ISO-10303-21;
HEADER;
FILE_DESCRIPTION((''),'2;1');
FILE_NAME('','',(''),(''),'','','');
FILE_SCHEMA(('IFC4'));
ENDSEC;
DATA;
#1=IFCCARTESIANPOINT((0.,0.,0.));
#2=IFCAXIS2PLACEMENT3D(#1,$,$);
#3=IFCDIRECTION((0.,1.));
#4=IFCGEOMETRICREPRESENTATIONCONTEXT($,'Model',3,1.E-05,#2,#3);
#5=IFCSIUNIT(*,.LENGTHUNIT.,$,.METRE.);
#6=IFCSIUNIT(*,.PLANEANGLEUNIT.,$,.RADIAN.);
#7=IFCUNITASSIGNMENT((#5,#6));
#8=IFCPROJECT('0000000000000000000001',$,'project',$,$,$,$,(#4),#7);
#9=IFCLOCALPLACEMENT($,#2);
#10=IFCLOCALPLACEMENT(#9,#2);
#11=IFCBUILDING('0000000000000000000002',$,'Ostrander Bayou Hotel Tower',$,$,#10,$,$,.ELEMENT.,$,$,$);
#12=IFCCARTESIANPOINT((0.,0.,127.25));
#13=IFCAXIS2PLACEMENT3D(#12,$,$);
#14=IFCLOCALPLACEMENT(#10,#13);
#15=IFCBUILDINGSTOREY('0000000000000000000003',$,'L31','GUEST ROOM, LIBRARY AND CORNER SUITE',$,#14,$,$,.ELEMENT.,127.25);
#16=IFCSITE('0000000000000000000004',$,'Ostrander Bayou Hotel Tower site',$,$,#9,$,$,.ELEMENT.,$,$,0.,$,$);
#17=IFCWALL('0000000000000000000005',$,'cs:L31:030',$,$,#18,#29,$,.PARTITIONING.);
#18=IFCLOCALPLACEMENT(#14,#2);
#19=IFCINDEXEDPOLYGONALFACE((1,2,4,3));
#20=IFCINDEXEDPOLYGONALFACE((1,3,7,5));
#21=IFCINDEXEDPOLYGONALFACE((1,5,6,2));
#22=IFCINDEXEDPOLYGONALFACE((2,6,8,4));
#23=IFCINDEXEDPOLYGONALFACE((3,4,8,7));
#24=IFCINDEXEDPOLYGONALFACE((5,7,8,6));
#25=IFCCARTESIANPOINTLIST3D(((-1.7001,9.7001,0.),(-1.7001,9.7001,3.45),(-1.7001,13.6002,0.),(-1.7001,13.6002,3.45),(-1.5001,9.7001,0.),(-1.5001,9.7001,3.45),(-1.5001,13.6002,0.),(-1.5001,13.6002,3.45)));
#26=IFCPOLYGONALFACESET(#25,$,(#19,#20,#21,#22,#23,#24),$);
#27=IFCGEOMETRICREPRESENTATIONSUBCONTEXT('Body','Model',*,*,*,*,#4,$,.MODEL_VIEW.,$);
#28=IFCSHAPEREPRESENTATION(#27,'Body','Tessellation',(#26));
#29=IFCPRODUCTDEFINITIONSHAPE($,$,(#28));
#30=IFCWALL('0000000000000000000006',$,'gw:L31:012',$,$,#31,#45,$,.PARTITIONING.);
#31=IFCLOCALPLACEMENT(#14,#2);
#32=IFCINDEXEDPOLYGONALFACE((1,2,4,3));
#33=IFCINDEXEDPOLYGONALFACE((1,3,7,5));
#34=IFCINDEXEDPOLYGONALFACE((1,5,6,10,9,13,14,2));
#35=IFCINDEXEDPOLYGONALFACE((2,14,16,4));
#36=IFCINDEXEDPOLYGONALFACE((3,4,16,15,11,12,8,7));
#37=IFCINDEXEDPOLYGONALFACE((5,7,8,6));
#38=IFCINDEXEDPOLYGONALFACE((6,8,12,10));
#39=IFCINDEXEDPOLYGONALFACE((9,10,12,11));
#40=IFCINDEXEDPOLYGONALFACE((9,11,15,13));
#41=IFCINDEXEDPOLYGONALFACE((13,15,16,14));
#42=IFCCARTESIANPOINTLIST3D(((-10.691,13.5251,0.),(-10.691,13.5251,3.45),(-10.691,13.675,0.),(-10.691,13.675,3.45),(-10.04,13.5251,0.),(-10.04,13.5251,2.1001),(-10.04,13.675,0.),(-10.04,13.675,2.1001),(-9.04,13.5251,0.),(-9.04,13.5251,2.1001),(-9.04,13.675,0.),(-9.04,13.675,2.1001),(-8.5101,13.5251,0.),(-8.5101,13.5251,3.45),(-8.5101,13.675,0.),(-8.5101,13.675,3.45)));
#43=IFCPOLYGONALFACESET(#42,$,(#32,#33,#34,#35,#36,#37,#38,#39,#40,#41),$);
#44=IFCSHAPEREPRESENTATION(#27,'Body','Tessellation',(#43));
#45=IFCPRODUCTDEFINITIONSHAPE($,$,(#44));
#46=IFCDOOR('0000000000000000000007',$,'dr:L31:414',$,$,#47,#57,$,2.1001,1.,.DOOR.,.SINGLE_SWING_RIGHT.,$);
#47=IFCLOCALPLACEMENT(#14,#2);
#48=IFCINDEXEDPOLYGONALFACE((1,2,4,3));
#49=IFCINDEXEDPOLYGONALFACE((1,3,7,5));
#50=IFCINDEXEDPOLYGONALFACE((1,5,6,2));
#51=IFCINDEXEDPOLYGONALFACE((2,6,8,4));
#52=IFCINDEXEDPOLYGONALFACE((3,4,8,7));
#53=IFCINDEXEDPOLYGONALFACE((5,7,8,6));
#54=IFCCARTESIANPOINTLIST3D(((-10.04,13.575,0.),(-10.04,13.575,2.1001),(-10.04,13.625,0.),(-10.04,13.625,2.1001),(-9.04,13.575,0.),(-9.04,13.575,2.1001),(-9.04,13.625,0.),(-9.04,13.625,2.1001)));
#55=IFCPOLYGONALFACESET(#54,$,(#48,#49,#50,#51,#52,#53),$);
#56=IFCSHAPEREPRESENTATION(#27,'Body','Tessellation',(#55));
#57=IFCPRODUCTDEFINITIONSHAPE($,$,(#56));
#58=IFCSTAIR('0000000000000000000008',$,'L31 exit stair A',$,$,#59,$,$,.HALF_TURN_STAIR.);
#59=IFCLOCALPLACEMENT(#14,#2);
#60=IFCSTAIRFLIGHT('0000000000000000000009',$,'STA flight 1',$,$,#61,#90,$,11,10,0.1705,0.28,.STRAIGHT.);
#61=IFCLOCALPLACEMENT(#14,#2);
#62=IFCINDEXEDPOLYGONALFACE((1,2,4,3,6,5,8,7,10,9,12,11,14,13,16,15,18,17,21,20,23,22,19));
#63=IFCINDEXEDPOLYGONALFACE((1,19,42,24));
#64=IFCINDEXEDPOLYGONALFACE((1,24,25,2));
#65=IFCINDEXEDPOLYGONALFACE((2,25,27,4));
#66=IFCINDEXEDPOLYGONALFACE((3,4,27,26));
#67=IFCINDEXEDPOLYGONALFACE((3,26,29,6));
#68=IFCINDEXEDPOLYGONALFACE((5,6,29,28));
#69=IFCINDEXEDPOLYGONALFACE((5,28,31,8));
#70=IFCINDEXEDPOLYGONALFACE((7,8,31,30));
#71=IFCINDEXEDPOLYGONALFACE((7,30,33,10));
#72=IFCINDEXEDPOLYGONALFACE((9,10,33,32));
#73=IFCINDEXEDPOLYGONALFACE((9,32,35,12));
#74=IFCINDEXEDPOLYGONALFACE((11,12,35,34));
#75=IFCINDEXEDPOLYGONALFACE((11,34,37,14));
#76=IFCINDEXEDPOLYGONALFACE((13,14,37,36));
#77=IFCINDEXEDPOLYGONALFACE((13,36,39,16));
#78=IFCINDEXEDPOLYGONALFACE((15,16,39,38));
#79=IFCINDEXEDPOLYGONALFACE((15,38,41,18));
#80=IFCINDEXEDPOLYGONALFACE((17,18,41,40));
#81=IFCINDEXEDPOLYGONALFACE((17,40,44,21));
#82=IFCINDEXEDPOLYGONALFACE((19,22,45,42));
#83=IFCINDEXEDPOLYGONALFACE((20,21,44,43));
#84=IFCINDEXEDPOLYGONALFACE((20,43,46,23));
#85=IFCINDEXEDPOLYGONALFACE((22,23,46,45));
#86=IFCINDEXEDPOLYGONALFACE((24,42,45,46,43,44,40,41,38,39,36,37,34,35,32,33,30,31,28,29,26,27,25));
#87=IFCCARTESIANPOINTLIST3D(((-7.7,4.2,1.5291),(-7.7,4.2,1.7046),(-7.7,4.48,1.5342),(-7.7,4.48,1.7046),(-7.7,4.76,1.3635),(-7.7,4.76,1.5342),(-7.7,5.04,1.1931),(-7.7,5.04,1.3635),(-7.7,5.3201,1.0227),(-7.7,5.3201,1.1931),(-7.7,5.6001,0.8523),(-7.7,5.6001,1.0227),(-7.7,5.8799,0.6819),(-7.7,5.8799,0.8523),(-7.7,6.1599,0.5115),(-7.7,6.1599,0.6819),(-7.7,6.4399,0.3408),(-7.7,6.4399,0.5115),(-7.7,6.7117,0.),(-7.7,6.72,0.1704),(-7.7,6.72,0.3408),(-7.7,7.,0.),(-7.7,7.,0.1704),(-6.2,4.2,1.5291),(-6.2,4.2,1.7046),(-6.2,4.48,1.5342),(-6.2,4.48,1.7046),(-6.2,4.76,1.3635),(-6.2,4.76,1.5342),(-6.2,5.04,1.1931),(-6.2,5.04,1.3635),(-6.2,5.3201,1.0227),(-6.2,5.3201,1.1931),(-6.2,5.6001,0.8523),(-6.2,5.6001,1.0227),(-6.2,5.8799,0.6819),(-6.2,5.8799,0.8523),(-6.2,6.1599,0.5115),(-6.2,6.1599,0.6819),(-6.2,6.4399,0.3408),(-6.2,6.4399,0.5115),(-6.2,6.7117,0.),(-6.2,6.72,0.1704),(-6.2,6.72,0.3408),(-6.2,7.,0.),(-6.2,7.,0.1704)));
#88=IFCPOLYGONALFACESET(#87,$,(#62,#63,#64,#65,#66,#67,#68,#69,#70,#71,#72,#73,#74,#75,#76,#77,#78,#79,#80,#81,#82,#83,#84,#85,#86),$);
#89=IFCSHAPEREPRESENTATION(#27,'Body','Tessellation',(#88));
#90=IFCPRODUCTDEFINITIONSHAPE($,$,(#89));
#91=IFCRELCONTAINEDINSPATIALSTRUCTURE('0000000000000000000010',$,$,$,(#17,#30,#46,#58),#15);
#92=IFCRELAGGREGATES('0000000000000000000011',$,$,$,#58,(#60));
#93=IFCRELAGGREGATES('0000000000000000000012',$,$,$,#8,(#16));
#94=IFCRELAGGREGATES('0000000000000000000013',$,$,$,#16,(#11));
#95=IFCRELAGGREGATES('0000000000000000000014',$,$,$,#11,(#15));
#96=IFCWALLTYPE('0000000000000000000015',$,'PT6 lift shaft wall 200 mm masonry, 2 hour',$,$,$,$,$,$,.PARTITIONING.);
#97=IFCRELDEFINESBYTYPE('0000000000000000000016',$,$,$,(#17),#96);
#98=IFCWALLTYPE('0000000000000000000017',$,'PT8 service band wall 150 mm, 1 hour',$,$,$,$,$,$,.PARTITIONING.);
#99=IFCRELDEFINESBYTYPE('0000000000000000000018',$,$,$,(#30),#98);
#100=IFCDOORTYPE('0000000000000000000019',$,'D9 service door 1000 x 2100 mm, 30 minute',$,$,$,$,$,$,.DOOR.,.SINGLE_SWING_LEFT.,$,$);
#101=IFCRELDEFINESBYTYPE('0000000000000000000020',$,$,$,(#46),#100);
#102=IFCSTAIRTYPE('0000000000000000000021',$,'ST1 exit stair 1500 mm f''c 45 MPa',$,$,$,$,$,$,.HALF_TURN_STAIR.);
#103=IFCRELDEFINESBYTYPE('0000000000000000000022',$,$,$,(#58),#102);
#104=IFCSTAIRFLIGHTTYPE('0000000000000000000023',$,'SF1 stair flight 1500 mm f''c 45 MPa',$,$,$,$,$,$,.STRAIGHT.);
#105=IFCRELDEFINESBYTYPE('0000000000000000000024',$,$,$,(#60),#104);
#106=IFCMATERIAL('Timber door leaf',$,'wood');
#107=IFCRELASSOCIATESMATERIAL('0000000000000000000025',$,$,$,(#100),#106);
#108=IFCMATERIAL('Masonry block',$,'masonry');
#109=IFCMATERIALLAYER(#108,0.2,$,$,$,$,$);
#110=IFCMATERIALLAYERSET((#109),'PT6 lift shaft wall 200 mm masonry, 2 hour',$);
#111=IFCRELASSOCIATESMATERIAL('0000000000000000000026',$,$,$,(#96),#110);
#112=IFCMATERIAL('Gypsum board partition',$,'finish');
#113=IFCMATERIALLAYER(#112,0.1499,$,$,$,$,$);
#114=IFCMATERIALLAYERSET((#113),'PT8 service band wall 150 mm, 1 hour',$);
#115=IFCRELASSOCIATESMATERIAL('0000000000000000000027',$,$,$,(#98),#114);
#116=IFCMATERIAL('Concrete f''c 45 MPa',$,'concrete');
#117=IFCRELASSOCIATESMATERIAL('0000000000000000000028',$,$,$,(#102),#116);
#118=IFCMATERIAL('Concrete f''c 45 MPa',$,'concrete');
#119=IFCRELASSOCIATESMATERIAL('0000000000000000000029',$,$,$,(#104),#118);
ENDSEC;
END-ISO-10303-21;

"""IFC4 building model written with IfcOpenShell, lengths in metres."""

from ifc_helpers import new_model, si_unit, direction, frame, frame_2d, origin, place, context, subcontext, project, spatial, polyline, rectangle, outline, extrude, material, layer, layer_set, type_object, element, fill, aggregate, save


model = new_model("IFC4")

# Units and contexts
model_context = context("Model", 3, precision=1e-05, world=origin(), true_north=direction((0.0, 1.0)))
body_context = subcontext(model_context, "Body", "Model", "MODEL_VIEW")
ifc_project = project(units=[si_unit("LENGTHUNIT", "METRE"), si_unit("PLANEANGLEUNIT", "RADIAN")], contexts=[model_context])

# Site, building, storey
site_placement = place(None, origin())
site = spatial("IfcSite", under=ifc_project, at=site_placement, Name="Ostrander Bayou Hotel Tower site", CompositionType="ELEMENT", RefElevation=0.0)
building_placement = place(site_placement, origin())
building = spatial("IfcBuilding", under=site, at=building_placement, Name="Ostrander Bayou Hotel Tower", CompositionType="ELEMENT")
storey_placement = place(building_placement, frame((0.0, 0.0, 127.25)))
storey = spatial("IfcBuildingStorey", under=building, at=storey_placement, Name="L31", Description="GUEST ROOM, LIBRARY AND CORNER SUITE", CompositionType="ELEMENT", Elevation=127.25)

# Shared definitions
ifc_material_1 = material(Name="Timber door leaf", Category="wood")
door_type_1 = type_object("IfcDoorType", Name="D9 service door 1000 x 2100 mm, 30 minute", OperationType="SINGLE_SWING_LEFT", PredefinedType="DOOR", material=ifc_material_1)

# Wall
ifc_material_2 = material(Name="Masonry block", Category="masonry")
ifc_layer_1 = layer(ifc_material_2, 0.2)
ifc_layer_set_1 = layer_set([ifc_layer_1], Name="PT6 lift shaft wall 200 mm masonry, 2 hour")
wall_type_1 = type_object("IfcWallType", Name="PT6 lift shaft wall 200 mm masonry, 2 hour", PredefinedType="PARTITIONING", material=ifc_layer_set_1)
wall_1_placement = place(storey_placement, frame((-1.6001, 9.7, 0.0), z_axis=(0.0, 0.0, 1.0), x_axis=(0.0, 1.0, 0.0)))
element("IfcWall", 1, at=wall_1_placement, inside=storey, type_object=wall_type_1, Name="cs:L31:030", PredefinedType="PARTITIONING", context=body_context, shape_type="SweptSolid", body=[
    extrude(rectangle(XDim=3.9001, YDim=0.2, at=frame_2d((1.9502, 0.0))), origin(), (0.0, 0.0, 1.0), 3.45),
])

# Wall, opening, door
ifc_material_3 = material(Name="Gypsum board partition", Category="finish")
ifc_layer_2 = layer(ifc_material_3, 0.1499)
ifc_layer_set_2 = layer_set([ifc_layer_2], Name="PT8 service band wall 150 mm, 1 hour")
wall_type_2 = type_object("IfcWallType", Name="PT8 service band wall 150 mm, 1 hour", PredefinedType="PARTITIONING", material=ifc_layer_set_2)
wall_2_placement = place(storey_placement, frame((-10.6909, 13.6001, 0.0), z_axis=(0.0, 0.0, 1.0), x_axis=(1.0, 0.0, 0.0)))
wall_2 = element("IfcWall", 2, at=wall_2_placement, inside=storey, type_object=wall_type_2, Name="gw:L31:012", PredefinedType="PARTITIONING", context=body_context, shape_type="SweptSolid", body=[
    extrude(rectangle(XDim=2.1809, YDim=0.1499, at=frame_2d((1.0903, 0.0))), origin(), (0.0, 0.0, 1.0), 3.45),
])
opening_1_placement = place(wall_2_placement, frame((0.6509, 0.0, 0.0)))
opening_1 = element("IfcOpeningElement", 3, at=opening_1_placement, cuts=wall_2, PredefinedType="OPENING", context=body_context, shape_type="SweptSolid", body=[
    extrude(rectangle(XDim=1.0, YDim=2.1001, at=frame_2d((0.5, 1.05))), frame((0.0, 0.075, 0.0), z_axis=(0.0, -1.0, 0.0), x_axis=(1.0, 0.0, 0.0)), (0.0, 0.0, 1.0), 0.1499),
])
door_1_placement = place(opening_1_placement, origin())
door_1 = element("IfcDoor", 4, at=door_1_placement, inside=storey, type_object=door_type_1, Name="dr:L31:414", OperationType="SINGLE_SWING_RIGHT", OverallHeight=2.1001, OverallWidth=1.0, PredefinedType="DOOR", context=body_context, shape_type="SweptSolid", body=[
    extrude(rectangle(XDim=1.0, YDim=2.1001, at=frame_2d((0.5, 1.05))), frame((0.0, 0.0249, 0.0), z_axis=(0.0, -1.0, 0.0), x_axis=(1.0, 0.0, 0.0)), (0.0, 0.0, 1.0), 0.05),
])
fill(opening_1, door_1)

# Stair, stair flight
ifc_material_4 = material(Name="Concrete f'c 45 MPa", Category="concrete")
stair_type = type_object("IfcStairType", Name="ST1 exit stair 1500 mm f'c 45 MPa", PredefinedType="HALF_TURN_STAIR", material=ifc_material_4)
stair_placement = place(storey_placement, origin())
stair = element("IfcStair", 5, at=stair_placement, inside=storey, type_object=stair_type, Name="L31 exit stair A", PredefinedType="HALF_TURN_STAIR")
ifc_material_5 = material(Name="Concrete f'c 45 MPa", Category="concrete")
stair_flight_type = type_object("IfcStairFlightType", Name="SF1 stair flight 1500 mm f'c 45 MPa", PredefinedType="STRAIGHT", material=ifc_material_5)
stair_flight_placement = place(storey_placement, frame((-6.95, 7.0, 0.0), z_axis=(0.0, 0.0, 1.0), x_axis=(0.0, -1.0, 0.0)))
stair_flight = element("IfcStairFlight", 6, at=stair_flight_placement, type_object=stair_flight_type, Name="STA flight 1", NumberOfRisers=11, NumberOfTreads=10, PredefinedType="STRAIGHT", RiserHeight=0.1705, TreadLength=0.28, context=body_context, shape_type="SweptSolid", body=[
    extrude(outline(polyline([(0.0, 0.0), (0.0, 0.1704), (0.28, 0.1704), (0.28, 0.3408), (0.5601, 0.3408), (0.5601, 0.5115), (0.8401, 0.5115), (0.8401, 0.6819), (1.1201, 0.6819), (1.1201, 0.8523), (1.3999, 0.8523), (1.3999, 1.0227), (1.6799, 1.0227), (1.6799, 1.1931), (1.96, 1.1931), (1.96, 1.3635), (2.24, 1.3635), (2.24, 1.5342), (2.52, 1.5342), (2.52, 1.7046), (2.8, 1.7046), (2.8, 1.875), (2.8, 1.5291), (0.2883, 0.0), (0.0, 0.0)])), frame((0.0, 0.75, 0.0), z_axis=(0.0, -1.0, 0.0), x_axis=(1.0, 0.0, 0.0)), (0.0, 0.0, 1.0), 1.5),
])
aggregate(stair, [stair_flight])

save(model, "model.ifc")
